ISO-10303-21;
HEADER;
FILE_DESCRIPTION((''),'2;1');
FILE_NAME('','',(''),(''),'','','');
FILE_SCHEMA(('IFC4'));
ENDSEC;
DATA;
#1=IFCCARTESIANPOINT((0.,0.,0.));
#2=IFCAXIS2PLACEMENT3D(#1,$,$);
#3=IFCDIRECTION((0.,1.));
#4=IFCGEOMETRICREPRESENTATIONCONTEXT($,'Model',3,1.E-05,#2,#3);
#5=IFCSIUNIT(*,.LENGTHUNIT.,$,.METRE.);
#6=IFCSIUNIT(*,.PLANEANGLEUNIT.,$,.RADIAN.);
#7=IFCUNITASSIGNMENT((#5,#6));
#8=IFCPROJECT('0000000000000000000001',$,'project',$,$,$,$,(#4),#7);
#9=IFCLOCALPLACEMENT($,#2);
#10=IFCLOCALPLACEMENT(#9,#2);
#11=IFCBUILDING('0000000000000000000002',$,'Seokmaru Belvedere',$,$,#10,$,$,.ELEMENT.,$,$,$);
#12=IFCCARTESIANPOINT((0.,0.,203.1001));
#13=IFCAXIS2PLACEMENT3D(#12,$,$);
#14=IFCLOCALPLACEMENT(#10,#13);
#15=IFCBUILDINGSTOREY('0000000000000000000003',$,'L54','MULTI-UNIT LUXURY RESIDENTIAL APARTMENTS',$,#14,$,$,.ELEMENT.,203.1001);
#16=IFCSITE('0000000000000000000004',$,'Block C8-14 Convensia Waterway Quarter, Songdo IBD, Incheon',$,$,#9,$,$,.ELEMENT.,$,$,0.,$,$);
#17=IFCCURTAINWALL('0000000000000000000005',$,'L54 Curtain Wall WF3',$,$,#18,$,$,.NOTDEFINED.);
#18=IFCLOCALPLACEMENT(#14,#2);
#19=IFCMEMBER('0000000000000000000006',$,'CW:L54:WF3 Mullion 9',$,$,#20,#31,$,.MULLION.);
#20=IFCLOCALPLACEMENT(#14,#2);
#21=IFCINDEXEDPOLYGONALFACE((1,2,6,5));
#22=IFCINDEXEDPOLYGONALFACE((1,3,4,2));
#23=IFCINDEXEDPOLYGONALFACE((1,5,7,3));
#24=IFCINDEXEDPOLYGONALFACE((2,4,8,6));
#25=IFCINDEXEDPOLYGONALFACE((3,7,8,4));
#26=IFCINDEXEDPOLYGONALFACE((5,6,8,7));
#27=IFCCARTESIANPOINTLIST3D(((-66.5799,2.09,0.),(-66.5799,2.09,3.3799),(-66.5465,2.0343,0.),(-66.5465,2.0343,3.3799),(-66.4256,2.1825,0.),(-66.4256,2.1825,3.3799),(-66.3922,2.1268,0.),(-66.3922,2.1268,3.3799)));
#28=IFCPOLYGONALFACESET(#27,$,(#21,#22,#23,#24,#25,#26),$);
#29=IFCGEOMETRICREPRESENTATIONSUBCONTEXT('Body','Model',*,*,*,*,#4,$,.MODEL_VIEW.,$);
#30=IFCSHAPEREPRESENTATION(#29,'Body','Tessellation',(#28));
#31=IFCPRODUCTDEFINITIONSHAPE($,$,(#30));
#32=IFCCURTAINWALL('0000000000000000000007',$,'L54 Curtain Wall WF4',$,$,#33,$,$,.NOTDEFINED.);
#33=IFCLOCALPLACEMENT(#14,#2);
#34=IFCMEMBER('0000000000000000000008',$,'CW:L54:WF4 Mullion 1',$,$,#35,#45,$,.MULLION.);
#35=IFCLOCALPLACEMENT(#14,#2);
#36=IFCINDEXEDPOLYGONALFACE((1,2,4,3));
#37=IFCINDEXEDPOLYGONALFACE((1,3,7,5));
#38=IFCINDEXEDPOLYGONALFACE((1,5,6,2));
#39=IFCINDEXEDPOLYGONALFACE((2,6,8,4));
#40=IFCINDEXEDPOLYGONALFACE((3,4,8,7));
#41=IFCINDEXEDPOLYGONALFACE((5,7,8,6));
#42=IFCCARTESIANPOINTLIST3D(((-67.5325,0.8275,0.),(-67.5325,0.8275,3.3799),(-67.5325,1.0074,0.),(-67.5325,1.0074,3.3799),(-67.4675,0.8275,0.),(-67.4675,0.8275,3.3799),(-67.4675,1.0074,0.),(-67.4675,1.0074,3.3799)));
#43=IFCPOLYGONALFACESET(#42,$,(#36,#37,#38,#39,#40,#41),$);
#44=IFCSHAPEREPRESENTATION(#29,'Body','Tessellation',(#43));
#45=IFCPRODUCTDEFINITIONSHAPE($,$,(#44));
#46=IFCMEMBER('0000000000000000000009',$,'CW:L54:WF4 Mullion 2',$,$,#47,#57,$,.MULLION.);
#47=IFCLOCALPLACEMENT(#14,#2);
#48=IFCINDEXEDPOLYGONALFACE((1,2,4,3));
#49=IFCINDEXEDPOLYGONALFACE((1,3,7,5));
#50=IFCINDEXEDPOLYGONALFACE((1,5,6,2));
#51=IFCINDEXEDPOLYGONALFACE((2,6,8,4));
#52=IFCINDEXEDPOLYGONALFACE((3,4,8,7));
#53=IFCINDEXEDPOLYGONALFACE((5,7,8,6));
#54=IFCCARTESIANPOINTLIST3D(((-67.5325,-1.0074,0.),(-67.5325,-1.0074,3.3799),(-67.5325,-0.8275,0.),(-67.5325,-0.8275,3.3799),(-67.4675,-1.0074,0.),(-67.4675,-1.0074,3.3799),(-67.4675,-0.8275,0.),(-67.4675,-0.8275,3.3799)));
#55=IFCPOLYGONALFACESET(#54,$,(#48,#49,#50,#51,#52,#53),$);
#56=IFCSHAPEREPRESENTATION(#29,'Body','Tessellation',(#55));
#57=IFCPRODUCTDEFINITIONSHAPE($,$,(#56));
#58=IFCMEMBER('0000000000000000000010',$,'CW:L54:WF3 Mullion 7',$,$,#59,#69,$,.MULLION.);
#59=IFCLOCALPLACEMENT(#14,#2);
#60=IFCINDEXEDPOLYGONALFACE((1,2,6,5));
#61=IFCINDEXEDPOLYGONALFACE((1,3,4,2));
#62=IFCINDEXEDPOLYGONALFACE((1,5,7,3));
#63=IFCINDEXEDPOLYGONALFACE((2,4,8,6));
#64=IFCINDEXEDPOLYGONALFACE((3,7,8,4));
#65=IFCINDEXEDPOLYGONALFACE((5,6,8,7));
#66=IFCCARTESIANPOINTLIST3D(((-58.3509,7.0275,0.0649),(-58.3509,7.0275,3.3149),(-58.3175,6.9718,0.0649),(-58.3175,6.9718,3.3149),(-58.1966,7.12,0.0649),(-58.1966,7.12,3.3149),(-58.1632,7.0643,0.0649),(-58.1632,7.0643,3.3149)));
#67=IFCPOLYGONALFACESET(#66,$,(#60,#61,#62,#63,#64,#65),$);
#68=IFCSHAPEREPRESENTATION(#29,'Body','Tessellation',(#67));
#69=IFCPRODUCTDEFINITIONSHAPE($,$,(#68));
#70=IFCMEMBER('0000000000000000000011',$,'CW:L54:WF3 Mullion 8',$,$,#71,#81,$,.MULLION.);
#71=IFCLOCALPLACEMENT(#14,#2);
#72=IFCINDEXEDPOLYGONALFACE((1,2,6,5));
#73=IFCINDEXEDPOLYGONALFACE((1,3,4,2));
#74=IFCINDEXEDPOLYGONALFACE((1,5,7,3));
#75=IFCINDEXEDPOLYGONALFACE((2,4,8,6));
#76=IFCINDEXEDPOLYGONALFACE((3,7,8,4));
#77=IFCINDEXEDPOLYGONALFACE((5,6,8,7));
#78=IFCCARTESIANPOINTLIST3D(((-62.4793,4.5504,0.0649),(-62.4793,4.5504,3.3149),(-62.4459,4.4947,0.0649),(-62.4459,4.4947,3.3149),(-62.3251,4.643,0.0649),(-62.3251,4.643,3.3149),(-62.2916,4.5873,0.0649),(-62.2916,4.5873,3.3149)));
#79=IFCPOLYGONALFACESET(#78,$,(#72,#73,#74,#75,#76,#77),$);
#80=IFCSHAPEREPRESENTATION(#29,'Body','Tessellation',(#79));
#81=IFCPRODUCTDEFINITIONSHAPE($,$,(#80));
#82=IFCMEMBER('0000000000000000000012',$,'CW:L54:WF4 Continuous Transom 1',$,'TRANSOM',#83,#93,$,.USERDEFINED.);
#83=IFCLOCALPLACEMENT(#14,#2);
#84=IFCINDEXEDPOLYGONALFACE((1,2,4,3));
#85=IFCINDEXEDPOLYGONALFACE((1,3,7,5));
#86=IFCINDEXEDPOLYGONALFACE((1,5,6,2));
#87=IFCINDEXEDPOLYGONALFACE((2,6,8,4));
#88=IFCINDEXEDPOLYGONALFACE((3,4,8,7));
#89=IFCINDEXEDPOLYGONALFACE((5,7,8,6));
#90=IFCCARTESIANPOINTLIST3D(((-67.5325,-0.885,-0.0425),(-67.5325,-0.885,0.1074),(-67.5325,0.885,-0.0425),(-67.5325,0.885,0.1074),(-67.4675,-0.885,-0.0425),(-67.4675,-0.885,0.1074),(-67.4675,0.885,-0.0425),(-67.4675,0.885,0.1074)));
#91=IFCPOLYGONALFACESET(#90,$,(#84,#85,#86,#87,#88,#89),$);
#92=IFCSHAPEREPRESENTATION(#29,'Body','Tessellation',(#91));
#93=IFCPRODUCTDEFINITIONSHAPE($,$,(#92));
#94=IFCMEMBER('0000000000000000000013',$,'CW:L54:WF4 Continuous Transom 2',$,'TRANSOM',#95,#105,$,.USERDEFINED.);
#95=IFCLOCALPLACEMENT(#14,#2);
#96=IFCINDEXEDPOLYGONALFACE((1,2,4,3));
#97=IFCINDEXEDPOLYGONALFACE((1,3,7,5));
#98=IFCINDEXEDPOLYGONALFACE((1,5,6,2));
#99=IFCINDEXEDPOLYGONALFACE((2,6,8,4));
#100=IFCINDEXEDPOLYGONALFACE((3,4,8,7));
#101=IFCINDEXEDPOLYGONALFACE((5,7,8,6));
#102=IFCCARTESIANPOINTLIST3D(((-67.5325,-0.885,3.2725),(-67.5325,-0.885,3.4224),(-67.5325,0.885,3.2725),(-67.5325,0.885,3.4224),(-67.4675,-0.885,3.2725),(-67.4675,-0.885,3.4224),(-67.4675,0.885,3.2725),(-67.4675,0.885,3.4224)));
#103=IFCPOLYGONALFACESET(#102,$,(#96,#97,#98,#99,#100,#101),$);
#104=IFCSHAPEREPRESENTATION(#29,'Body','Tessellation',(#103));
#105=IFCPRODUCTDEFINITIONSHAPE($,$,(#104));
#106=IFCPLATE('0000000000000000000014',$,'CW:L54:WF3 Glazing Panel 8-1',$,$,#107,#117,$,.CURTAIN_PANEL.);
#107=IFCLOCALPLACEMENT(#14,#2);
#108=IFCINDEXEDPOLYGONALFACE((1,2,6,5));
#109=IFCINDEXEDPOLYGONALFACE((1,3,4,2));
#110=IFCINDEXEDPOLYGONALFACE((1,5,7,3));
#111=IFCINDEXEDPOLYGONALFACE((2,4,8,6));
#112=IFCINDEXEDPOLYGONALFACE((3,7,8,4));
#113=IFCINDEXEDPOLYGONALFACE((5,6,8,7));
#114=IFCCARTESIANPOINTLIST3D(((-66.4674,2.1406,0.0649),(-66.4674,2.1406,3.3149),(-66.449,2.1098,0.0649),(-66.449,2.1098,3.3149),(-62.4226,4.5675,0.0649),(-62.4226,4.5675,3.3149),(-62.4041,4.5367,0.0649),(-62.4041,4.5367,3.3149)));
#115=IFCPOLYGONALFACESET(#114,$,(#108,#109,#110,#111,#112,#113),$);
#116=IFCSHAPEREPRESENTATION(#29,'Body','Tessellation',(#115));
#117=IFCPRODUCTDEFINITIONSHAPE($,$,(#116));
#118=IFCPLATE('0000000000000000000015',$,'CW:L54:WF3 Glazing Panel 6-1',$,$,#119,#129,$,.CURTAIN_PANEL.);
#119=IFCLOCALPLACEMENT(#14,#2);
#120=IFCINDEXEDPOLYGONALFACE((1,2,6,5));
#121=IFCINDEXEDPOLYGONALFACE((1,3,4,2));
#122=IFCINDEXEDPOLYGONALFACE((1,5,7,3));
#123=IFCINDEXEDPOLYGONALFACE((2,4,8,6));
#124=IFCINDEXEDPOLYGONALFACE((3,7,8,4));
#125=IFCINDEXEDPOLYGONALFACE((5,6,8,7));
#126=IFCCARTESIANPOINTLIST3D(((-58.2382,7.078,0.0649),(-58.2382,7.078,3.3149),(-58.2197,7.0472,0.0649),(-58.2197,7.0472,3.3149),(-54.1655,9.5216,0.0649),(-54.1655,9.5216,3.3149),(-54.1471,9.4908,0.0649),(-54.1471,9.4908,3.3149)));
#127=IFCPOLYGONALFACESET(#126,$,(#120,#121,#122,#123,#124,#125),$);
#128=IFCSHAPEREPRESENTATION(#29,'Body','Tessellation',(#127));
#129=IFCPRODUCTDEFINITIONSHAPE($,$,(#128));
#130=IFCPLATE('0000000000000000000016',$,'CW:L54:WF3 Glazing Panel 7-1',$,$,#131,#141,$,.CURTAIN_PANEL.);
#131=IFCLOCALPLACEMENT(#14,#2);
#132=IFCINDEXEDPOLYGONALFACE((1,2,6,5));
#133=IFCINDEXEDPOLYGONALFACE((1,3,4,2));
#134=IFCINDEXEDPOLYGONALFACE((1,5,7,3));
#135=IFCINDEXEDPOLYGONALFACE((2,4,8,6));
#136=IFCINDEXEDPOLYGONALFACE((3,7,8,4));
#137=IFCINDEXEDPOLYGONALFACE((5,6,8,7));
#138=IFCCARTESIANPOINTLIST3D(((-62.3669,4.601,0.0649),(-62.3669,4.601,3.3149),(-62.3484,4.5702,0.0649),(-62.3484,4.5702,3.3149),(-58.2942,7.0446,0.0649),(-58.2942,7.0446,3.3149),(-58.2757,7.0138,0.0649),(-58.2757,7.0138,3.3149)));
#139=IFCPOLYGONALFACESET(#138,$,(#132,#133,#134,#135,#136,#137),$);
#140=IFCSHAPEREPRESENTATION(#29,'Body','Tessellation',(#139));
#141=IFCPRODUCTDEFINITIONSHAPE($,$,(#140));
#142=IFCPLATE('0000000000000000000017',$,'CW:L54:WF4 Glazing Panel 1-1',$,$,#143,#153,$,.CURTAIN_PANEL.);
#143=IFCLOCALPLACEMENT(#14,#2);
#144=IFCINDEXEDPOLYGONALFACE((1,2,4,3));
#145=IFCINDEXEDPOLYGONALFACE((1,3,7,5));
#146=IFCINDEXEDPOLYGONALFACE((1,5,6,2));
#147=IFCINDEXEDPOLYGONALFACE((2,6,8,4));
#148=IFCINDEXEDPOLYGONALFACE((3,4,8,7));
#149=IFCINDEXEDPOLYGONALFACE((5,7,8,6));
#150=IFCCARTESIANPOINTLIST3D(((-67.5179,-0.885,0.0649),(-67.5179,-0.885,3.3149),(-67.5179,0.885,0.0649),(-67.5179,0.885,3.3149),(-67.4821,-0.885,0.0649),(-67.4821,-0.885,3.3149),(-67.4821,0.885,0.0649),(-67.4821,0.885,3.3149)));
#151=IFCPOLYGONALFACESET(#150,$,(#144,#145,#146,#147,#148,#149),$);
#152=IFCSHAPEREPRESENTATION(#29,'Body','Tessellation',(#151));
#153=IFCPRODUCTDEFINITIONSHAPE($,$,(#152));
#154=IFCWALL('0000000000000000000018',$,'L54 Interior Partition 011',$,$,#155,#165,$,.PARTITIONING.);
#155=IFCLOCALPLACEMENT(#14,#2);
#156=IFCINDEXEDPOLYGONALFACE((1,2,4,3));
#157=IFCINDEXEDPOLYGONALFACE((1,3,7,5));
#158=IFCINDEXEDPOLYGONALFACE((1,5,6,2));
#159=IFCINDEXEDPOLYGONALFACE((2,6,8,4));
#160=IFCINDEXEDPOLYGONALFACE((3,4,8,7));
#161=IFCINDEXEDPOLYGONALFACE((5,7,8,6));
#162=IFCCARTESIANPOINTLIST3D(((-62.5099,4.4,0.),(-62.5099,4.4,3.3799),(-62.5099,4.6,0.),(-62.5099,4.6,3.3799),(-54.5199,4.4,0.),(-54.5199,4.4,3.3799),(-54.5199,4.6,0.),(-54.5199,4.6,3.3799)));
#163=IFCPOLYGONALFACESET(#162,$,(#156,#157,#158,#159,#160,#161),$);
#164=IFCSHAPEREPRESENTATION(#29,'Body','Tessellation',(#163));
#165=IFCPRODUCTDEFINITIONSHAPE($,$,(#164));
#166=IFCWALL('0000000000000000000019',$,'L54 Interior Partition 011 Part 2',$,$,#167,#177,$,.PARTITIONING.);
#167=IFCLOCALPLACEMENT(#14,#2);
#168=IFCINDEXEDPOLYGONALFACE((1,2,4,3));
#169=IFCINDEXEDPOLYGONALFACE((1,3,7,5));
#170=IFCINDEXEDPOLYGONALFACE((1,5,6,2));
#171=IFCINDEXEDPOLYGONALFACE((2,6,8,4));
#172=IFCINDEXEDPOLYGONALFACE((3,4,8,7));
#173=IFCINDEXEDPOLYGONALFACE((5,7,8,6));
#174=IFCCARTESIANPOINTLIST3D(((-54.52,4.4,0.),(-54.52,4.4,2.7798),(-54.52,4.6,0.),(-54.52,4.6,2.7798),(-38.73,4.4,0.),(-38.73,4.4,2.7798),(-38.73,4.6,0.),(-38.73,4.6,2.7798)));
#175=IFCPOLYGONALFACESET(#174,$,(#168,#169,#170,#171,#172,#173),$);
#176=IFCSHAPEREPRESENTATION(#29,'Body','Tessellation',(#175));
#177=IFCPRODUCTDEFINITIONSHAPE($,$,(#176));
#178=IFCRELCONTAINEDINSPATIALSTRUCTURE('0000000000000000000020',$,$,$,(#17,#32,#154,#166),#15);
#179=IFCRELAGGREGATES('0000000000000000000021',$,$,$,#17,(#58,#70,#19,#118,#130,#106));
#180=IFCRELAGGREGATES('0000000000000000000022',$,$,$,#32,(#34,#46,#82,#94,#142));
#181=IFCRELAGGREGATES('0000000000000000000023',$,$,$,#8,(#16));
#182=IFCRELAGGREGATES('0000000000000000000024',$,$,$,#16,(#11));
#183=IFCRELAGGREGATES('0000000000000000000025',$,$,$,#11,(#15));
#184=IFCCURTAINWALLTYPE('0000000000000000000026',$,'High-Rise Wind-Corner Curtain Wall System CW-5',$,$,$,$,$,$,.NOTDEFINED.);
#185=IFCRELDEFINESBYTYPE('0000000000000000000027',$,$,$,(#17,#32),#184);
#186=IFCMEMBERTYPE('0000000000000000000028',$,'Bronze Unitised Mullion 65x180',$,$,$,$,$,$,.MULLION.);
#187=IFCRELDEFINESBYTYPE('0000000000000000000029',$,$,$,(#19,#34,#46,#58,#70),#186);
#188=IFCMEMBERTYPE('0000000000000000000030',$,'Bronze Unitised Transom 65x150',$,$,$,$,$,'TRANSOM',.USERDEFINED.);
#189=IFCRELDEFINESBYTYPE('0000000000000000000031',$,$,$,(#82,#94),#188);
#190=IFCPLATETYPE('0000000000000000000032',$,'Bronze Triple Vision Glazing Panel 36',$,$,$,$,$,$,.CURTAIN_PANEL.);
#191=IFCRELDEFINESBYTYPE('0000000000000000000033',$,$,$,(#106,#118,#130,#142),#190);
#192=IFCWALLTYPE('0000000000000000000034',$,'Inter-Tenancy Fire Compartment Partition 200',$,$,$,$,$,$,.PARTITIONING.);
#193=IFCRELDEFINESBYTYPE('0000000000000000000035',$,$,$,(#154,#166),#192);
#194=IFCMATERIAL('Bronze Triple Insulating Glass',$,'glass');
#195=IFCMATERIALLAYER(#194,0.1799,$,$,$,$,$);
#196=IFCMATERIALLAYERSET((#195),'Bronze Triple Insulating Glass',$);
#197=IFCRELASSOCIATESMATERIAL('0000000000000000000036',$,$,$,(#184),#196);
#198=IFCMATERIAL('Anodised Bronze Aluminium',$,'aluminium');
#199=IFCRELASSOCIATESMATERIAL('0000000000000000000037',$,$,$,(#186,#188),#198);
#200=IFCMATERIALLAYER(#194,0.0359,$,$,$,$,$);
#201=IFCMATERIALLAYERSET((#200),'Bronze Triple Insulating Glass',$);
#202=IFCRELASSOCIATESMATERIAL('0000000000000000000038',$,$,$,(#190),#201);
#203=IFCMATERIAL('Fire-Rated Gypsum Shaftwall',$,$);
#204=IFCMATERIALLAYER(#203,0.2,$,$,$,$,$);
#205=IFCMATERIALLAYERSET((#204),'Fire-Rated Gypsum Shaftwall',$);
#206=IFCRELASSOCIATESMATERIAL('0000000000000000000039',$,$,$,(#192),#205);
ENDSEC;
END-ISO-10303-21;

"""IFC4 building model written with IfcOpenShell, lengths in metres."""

from ifc_helpers import new_model, si_unit, direction, frame, frame_2d, origin, origin_2d, place, context, subcontext, project, spatial, rectangle, extrude, source, transform, mapped, material, layer, layer_set, material_profile, profile_set, type_object, type_shapes, element, aggregate, save


model = new_model("IFC4")

# Units and contexts
model_context = context("Model", 3, precision=1e-05, world=origin(), true_north=direction((0.0, 1.0)))
body_context = subcontext(model_context, "Body", "Model", "MODEL_VIEW")
ifc_project = project(units=[si_unit("LENGTHUNIT", "METRE"), si_unit("PLANEANGLEUNIT", "RADIAN")], contexts=[model_context])

# Site, building, storey
site_placement = place(None, origin())
site = spatial("IfcSite", under=ifc_project, at=site_placement, Name="Block C8-14 Convensia Waterway Quarter, Songdo IBD, Incheon", CompositionType="ELEMENT", RefElevation=0.0)
building_placement = place(site_placement, origin())
building = spatial("IfcBuilding", under=site, at=building_placement, Name="Seokmaru Belvedere", CompositionType="ELEMENT")
storey_placement = place(building_placement, frame((0.0, 0.0, 203.1001)))
storey = spatial("IfcBuildingStorey", under=building, at=storey_placement, Name="L54", Description="MULTI-UNIT LUXURY RESIDENTIAL APARTMENTS", CompositionType="ELEMENT", Elevation=203.1001)

# Curtain wall, member
ifc_material_1 = material(Name="Bronze Triple Insulating Glass", Category="glass")
ifc_layer_1 = layer(ifc_material_1, 0.1799)
ifc_layer_set_1 = layer_set([ifc_layer_1], Name="Bronze Triple Insulating Glass")
curtain_wall_type = type_object("IfcCurtainWallType", Name="High-Rise Wind-Corner Curtain Wall System CW-5", PredefinedType="NOTDEFINED", material=ifc_layer_set_1)
curtain_wall_1_placement = place(storey_placement, origin())
curtain_wall_1 = element("IfcCurtainWall", 1, at=curtain_wall_1_placement, inside=storey, type_object=curtain_wall_type, Name="L54 Curtain Wall WF3", PredefinedType="NOTDEFINED")
ifc_material_2 = material(Name="Anodised Bronze Aluminium", Category="aluminium")
ifc_material_profile_1 = material_profile(ifc_material_2, rectangle(XDim=0.0649, YDim=0.1799, at=origin_2d()), Name="CW-M-65x180")
ifc_profile_set_1 = profile_set([ifc_material_profile_1], Name="Anodised Bronze Aluminium")
member_type_1 = type_object("IfcMemberType", Name="Bronze Unitised Mullion 65x180", PredefinedType="MULLION", material=ifc_profile_set_1)
shared_shape_1 = source(origin(), body_context, "Body", "SweptSolid", [
    extrude(rectangle(XDim=0.0649, YDim=0.1799, at=origin_2d()), origin(), (0.0, 0.0, 1.0), 3.3799),
])
member_1_placement = place(storey_placement, frame((-66.4861, 2.1084, 0.0), z_axis=(0.0, 0.0, 1.0), x_axis=(0.514495, -0.857493, 0.0)))
member_1 = element("IfcMember", 2, at=member_1_placement, type_object=member_type_1, Name="CW:L54:WF3 Mullion 9", PredefinedType="MULLION", context=body_context, shape_type="MappedRepresentation", body=[
    mapped(shared_shape_1, transform((0.0, 0.0, 0.0), scale=1.0)),
])

# Curtain wall, members
curtain_wall_2_placement = place(storey_placement, origin())
curtain_wall_2 = element("IfcCurtainWall", 3, at=curtain_wall_2_placement, inside=storey, type_object=curtain_wall_type, Name="L54 Curtain Wall WF4", PredefinedType="NOTDEFINED")
member_2_placement = place(storey_placement, frame((-67.5, 0.9175, 0.0), z_axis=(0.0, 0.0, 1.0), x_axis=(1.0, 0.0, 0.0)))
member_2 = element("IfcMember", 4, at=member_2_placement, type_object=member_type_1, Name="CW:L54:WF4 Mullion 1", PredefinedType="MULLION", context=body_context, shape_type="MappedRepresentation", body=[
    mapped(shared_shape_1, transform((0.0, 0.0, 0.0), scale=1.0)),
])
member_3_placement = place(storey_placement, frame((-67.5, -0.9175, 0.0), z_axis=(0.0, 0.0, 1.0), x_axis=(1.0, 0.0, 0.0)))
member_3 = element("IfcMember", 5, at=member_3_placement, type_object=member_type_1, Name="CW:L54:WF4 Mullion 2", PredefinedType="MULLION", context=body_context, shape_type="MappedRepresentation", body=[
    mapped(shared_shape_1, transform((0.0, 0.0, 0.0), scale=1.0)),
])

# Members
shared_shape_2 = source(origin(), body_context, "Body", "SweptSolid", [
    extrude(rectangle(XDim=0.0649, YDim=0.1799, at=origin_2d()), origin(), (0.0, 0.0, 1.0), 3.25),
])
type_shapes(member_type_1, [shared_shape_1, shared_shape_2])
member_4_placement = place(storey_placement, frame((-58.2571, 7.0459, 0.0649), z_axis=(0.0, 0.0, 1.0), x_axis=(0.514495, -0.857493, 0.0)))
member_4 = element("IfcMember", 6, at=member_4_placement, type_object=member_type_1, Name="CW:L54:WF3 Mullion 7", PredefinedType="MULLION", context=body_context, shape_type="MappedRepresentation", body=[
    mapped(shared_shape_2, transform((0.0, 0.0, 0.0), scale=1.0)),
])
member_5_placement = place(storey_placement, frame((-62.3855, 4.5688, 0.0649), z_axis=(0.0, 0.0, 1.0), x_axis=(0.514495, -0.857493, 0.0)))
member_5 = element("IfcMember", 7, at=member_5_placement, type_object=member_type_1, Name="CW:L54:WF3 Mullion 8", PredefinedType="MULLION", context=body_context, shape_type="MappedRepresentation", body=[
    mapped(shared_shape_2, transform((0.0, 0.0, 0.0), scale=1.0)),
])
ifc_material_profile_2 = material_profile(ifc_material_2, rectangle(XDim=0.0649, YDim=0.1499, at=origin_2d()), Name="CW-T-65x150")
ifc_profile_set_2 = profile_set([ifc_material_profile_2], Name="Anodised Bronze Aluminium")
member_type_2 = type_object("IfcMemberType", Name="Bronze Unitised Transom 65x150", ElementType="TRANSOM", PredefinedType="USERDEFINED", material=ifc_profile_set_2)
shared_shape_3 = source(origin(), body_context, "Body", "SweptSolid", [
    extrude(rectangle(XDim=0.0649, YDim=0.1499, at=origin_2d()), origin(), (0.0, 0.0, 1.0), 1.77),
])
type_shapes(member_type_2, [shared_shape_3])
member_6_placement = place(storey_placement, frame((-67.5, 0.885, 0.0325), z_axis=(0.0, -1.0, 0.0), x_axis=(1.0, 0.0, 0.0)))
member_6 = element("IfcMember", 8, at=member_6_placement, type_object=member_type_2, Name="CW:L54:WF4 Continuous Transom 1", ObjectType="TRANSOM", PredefinedType="USERDEFINED", context=body_context, shape_type="MappedRepresentation", body=[
    mapped(shared_shape_3, transform((0.0, 0.0, 0.0), scale=1.0)),
])
member_7_placement = place(storey_placement, frame((-67.5, 0.885, 3.3474), z_axis=(0.0, -1.0, 0.0), x_axis=(1.0, 0.0, 0.0)))
member_7 = element("IfcMember", 9, at=member_7_placement, type_object=member_type_2, Name="CW:L54:WF4 Continuous Transom 2", ObjectType="TRANSOM", PredefinedType="USERDEFINED", context=body_context, shape_type="MappedRepresentation", body=[
    mapped(shared_shape_3, transform((0.0, 0.0, 0.0), scale=1.0)),
])

# Plates
ifc_layer_2 = layer(ifc_material_1, 0.0359)
ifc_layer_set_2 = layer_set([ifc_layer_2], Name="Bronze Triple Insulating Glass")
plate_type = type_object("IfcPlateType", Name="Bronze Triple Vision Glazing Panel 36", PredefinedType="CURTAIN_PANEL", material=ifc_layer_set_2)
shared_shape_4 = source(origin(), body_context, "Body", "SweptSolid", [
    extrude(rectangle(XDim=4.717, YDim=0.0359, at=origin_2d()), origin(), (0.0, 0.0, 1.0), 3.25),
])
plate_1_placement = place(storey_placement, frame((-64.4358, 3.3386, 0.0649), z_axis=(0.0, 0.0, 1.0), x_axis=(-0.857493, -0.514495, 0.0)))
plate_1 = element("IfcPlate", 10, at=plate_1_placement, type_object=plate_type, Name="CW:L54:WF3 Glazing Panel 8-1", PredefinedType="CURTAIN_PANEL", context=body_context, shape_type="MappedRepresentation", body=[
    mapped(shared_shape_4, transform((0.0, 0.0, 0.0), scale=1.0)),
])
shared_shape_5 = source(origin(), body_context, "Body", "SweptSolid", [
    extrude(rectangle(XDim=4.7495, YDim=0.0359, at=origin_2d()), origin(), (0.0, 0.0, 1.0), 3.25),
])
plate_2_placement = place(storey_placement, frame((-56.1926, 8.2844, 0.0649), z_axis=(0.0, 0.0, 1.0), x_axis=(-0.857493, -0.514495, 0.0)))
plate_2 = element("IfcPlate", 11, at=plate_2_placement, type_object=plate_type, Name="CW:L54:WF3 Glazing Panel 6-1", PredefinedType="CURTAIN_PANEL", context=body_context, shape_type="MappedRepresentation", body=[
    mapped(shared_shape_5, transform((0.0, 0.0, 0.0), scale=1.0)),
])
plate_3_placement = place(storey_placement, frame((-60.3213, 5.8074, 0.0649), z_axis=(0.0, 0.0, 1.0), x_axis=(-0.857493, -0.514495, 0.0)))
plate_3 = element("IfcPlate", 12, at=plate_3_placement, type_object=plate_type, Name="CW:L54:WF3 Glazing Panel 7-1", PredefinedType="CURTAIN_PANEL", context=body_context, shape_type="MappedRepresentation", body=[
    mapped(shared_shape_5, transform((0.0, 0.0, 0.0), scale=1.0)),
])
aggregate(curtain_wall_1, [member_4, member_5, member_1, plate_2, plate_3, plate_1])
shared_shape_6 = source(origin(), body_context, "Body", "SweptSolid", [
    extrude(rectangle(XDim=1.77, YDim=0.0359, at=origin_2d()), origin(), (0.0, 0.0, 1.0), 3.25),
])
type_shapes(plate_type, [shared_shape_4, shared_shape_5, shared_shape_6])
plate_4_placement = place(storey_placement, frame((-67.5, 0.0, 0.0649), z_axis=(0.0, 0.0, 1.0), x_axis=(0.0, -1.0, 0.0)))
plate_4 = element("IfcPlate", 13, at=plate_4_placement, type_object=plate_type, Name="CW:L54:WF4 Glazing Panel 1-1", PredefinedType="CURTAIN_PANEL", context=body_context, shape_type="MappedRepresentation", body=[
    mapped(shared_shape_6, transform((0.0, 0.0, 0.0), scale=1.0)),
])
aggregate(curtain_wall_2, [member_2, member_3, member_6, member_7, plate_4])

# Walls
ifc_material_3 = material(Name="Fire-Rated Gypsum Shaftwall")
ifc_layer_3 = layer(ifc_material_3, 0.2)
ifc_layer_set_3 = layer_set([ifc_layer_3], Name="Fire-Rated Gypsum Shaftwall")
wall_type_1 = type_object("IfcWallType", Name="Inter-Tenancy Fire Compartment Partition 200", PredefinedType="PARTITIONING", material=ifc_layer_set_3)
wall_1_placement = place(storey_placement, frame((-62.51, 4.5, 0.0), z_axis=(0.0, 0.0, 1.0), x_axis=(1.0, 0.0, 0.0)))
element("IfcWall", 14, at=wall_1_placement, inside=storey, type_object=wall_type_1, Name="L54 Interior Partition 011", PredefinedType="PARTITIONING", context=body_context, shape_type="SweptSolid", body=[
    extrude(rectangle(XDim=7.99, YDim=0.2, at=frame_2d((3.9951, 0.0))), origin(), (0.0, 0.0, 1.0), 3.3799),
])
wall_2_placement = place(storey_placement, frame((-54.52, 4.5, 0.0), z_axis=(0.0, 0.0, 1.0), x_axis=(1.0, 0.0, 0.0)))
element("IfcWall", 15, at=wall_2_placement, inside=storey, type_object=wall_type_1, Name="L54 Interior Partition 011 Part 2", PredefinedType="PARTITIONING", context=body_context, shape_type="SweptSolid", body=[
    extrude(rectangle(XDim=15.79, YDim=0.2, at=frame_2d((7.895, 0.0))), origin(), (0.0, 0.0, 1.0), 2.7798),
])

save(model, "model.ifc")
